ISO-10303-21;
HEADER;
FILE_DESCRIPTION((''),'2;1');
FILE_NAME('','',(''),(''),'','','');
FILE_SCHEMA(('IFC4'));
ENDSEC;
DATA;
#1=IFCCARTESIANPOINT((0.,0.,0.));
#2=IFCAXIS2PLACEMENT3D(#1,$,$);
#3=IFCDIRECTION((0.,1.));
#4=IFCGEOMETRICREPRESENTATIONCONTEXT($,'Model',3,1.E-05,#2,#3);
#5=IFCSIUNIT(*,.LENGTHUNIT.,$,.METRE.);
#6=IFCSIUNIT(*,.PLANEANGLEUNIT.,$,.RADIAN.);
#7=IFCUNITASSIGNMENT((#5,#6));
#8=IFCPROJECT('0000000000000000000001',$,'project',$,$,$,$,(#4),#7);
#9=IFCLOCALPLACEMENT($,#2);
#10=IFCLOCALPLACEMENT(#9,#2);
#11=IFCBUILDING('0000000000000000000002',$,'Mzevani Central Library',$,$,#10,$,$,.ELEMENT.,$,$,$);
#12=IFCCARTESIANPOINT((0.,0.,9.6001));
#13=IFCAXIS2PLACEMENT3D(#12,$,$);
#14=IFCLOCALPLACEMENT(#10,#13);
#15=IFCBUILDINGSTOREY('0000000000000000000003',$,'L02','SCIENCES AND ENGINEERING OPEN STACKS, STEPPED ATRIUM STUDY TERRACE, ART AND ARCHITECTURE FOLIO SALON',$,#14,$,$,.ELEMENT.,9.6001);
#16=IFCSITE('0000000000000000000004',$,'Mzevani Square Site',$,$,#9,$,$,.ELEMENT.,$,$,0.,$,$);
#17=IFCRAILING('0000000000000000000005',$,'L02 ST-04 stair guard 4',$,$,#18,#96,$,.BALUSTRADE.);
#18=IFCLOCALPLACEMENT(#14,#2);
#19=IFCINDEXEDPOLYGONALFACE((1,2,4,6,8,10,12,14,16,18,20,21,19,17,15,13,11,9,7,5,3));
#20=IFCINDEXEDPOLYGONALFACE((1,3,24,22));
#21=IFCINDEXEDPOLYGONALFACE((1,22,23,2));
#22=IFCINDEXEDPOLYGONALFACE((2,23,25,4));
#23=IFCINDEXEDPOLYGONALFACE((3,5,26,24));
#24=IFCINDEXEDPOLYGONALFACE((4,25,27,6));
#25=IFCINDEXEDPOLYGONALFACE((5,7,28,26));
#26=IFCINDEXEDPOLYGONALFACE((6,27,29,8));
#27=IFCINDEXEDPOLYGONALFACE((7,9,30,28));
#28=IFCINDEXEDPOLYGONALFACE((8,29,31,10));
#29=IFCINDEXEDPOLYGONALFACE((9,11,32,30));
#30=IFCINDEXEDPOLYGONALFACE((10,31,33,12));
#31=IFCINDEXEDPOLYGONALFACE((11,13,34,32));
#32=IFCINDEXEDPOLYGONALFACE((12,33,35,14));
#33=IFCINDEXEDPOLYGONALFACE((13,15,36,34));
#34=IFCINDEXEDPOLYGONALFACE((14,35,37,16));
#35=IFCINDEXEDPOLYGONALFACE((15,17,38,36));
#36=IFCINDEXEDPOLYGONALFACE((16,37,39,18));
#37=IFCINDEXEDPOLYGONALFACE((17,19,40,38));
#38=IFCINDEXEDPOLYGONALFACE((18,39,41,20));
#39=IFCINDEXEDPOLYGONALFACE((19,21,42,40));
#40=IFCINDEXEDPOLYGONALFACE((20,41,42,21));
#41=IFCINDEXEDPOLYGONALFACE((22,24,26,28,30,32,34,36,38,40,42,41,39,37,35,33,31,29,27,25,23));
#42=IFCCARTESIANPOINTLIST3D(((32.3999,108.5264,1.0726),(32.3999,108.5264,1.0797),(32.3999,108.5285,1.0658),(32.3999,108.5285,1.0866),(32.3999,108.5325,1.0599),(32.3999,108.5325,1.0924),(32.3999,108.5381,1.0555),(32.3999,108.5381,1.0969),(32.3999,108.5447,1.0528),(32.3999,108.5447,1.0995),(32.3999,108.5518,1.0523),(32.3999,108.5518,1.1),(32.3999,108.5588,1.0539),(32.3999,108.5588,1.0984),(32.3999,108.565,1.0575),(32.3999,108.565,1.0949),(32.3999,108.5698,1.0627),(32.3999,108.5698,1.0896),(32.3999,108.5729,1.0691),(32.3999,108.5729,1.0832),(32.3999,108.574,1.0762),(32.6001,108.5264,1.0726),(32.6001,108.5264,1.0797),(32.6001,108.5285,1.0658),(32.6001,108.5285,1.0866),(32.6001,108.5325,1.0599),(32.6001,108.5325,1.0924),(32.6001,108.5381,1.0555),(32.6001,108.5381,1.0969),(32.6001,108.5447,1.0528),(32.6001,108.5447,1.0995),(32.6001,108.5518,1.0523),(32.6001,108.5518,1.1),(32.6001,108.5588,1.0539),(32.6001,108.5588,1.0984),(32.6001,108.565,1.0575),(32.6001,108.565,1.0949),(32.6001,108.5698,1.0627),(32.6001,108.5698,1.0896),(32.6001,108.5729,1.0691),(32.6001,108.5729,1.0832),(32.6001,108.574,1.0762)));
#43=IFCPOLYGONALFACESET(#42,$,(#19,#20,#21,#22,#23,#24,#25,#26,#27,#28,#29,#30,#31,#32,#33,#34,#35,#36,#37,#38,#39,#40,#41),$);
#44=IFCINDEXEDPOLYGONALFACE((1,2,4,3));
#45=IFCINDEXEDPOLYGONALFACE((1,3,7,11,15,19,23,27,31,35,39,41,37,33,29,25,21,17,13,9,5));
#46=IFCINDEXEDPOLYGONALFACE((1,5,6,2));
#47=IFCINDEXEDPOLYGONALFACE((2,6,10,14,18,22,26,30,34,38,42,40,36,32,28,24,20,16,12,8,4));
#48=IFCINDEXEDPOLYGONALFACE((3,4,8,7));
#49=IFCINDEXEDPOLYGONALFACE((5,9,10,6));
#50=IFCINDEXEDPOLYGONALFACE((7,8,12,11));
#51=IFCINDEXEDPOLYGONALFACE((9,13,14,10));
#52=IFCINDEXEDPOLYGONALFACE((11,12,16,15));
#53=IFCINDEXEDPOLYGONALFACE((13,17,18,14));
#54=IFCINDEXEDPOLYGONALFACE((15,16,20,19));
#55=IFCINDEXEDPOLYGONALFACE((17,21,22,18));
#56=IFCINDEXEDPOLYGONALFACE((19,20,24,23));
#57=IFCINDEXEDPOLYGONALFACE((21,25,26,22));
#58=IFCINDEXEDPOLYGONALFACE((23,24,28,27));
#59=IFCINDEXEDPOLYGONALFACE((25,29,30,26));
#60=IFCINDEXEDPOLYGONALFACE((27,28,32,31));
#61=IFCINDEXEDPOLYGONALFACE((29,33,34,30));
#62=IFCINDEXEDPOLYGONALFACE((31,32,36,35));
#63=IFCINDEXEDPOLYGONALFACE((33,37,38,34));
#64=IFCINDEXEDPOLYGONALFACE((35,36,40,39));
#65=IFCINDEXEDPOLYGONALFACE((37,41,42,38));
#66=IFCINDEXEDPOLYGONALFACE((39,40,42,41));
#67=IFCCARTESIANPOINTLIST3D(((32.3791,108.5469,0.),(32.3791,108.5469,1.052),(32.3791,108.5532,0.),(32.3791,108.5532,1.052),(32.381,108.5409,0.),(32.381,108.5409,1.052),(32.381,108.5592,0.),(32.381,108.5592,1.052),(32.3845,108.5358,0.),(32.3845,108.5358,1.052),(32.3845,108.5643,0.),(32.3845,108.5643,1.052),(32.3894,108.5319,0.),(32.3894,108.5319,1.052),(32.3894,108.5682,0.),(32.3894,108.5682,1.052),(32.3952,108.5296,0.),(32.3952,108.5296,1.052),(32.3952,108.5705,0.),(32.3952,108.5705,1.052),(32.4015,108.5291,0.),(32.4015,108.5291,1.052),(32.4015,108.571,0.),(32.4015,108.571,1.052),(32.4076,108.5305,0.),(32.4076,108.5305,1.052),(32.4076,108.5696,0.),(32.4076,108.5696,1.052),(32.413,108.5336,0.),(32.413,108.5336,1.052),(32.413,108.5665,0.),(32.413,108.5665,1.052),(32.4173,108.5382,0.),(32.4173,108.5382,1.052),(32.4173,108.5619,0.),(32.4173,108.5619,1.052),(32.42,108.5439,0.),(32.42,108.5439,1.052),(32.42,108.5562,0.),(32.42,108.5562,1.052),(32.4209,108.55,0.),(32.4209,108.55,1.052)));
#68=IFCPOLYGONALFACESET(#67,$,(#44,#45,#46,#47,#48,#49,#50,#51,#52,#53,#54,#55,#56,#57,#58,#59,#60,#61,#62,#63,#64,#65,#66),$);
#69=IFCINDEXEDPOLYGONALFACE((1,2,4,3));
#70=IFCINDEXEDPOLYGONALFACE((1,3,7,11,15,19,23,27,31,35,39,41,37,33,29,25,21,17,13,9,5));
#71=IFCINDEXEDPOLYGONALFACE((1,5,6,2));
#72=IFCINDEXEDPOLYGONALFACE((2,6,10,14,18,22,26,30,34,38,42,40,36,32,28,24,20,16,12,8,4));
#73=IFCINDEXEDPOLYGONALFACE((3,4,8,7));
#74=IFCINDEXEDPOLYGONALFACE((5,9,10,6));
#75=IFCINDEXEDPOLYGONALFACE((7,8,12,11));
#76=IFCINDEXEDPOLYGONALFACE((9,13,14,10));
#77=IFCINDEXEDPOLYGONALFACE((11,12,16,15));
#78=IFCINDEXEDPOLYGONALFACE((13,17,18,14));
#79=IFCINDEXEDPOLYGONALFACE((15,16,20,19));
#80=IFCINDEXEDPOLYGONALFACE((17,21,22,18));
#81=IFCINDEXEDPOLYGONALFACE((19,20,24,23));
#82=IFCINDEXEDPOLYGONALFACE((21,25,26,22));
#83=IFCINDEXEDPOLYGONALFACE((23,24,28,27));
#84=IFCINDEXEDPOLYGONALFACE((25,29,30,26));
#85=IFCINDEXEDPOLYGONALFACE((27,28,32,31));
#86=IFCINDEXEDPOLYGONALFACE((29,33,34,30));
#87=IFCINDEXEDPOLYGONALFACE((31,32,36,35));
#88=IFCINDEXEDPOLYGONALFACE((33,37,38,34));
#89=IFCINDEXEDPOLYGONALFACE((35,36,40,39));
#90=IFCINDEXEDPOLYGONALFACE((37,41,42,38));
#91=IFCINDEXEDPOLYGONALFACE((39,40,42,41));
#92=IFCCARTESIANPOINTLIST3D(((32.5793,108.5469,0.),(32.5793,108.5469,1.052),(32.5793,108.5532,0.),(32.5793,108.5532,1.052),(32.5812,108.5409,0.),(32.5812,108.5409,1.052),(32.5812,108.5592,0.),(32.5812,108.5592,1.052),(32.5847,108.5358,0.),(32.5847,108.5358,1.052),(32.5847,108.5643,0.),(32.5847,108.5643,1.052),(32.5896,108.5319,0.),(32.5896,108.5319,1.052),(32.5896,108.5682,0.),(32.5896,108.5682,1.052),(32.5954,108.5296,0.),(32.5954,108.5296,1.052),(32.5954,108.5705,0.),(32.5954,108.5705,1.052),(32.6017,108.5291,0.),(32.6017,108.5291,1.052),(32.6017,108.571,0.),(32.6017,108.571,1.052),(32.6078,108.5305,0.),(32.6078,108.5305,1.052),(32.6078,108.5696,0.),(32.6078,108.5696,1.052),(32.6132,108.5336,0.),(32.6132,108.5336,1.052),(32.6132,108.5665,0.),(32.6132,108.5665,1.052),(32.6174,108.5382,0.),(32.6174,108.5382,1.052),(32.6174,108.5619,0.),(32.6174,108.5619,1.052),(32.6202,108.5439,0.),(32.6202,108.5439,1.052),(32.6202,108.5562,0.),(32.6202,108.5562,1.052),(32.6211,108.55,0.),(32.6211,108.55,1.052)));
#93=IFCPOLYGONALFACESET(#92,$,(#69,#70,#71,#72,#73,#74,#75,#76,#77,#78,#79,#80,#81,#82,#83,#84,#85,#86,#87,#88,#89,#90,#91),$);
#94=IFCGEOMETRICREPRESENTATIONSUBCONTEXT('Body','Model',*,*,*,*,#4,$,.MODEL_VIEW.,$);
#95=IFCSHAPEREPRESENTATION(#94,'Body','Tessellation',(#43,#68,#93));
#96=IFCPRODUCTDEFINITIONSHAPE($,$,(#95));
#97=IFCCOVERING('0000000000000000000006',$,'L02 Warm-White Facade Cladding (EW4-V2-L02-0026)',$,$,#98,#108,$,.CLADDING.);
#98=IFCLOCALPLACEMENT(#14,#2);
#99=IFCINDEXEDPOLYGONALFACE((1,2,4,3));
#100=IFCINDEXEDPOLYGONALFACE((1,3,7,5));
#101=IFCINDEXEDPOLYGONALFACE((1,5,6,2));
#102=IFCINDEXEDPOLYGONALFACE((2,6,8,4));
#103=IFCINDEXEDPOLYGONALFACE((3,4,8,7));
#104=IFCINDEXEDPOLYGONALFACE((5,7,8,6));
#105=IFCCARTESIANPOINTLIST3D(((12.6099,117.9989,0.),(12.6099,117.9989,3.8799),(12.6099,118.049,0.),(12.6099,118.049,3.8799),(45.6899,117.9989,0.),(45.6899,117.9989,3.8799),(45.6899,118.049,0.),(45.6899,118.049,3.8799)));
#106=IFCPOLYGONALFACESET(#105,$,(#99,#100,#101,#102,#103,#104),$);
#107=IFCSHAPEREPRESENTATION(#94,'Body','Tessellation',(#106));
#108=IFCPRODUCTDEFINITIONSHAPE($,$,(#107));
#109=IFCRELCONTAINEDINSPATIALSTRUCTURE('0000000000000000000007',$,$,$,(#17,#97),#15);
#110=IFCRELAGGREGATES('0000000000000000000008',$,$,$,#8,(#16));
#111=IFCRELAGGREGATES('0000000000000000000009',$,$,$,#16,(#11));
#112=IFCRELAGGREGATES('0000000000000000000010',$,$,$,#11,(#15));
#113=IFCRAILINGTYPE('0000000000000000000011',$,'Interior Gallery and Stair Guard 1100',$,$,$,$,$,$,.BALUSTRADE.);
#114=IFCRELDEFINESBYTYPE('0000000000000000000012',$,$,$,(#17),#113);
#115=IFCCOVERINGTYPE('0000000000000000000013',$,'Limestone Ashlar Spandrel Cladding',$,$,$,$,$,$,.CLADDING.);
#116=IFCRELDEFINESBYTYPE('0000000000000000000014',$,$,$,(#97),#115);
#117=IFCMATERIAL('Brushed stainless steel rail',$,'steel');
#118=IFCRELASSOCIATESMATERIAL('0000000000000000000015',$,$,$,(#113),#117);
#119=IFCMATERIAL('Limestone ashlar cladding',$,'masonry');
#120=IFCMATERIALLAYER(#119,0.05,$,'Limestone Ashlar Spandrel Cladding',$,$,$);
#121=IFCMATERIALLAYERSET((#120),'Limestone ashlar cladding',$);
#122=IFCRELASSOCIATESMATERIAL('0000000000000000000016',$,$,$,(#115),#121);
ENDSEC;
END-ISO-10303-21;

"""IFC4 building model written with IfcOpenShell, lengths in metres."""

from ifc_helpers import new_model, si_unit, direction, frame, origin, origin_2d, place, context, subcontext, project, spatial, rectangle, circle, extrude, material, layer, layer_set, type_object, element, save


model = new_model("IFC4")

# Units and contexts
model_context = context("Model", 3, precision=1e-05, world=origin(), true_north=direction((0.0, 1.0)))
body_context = subcontext(model_context, "Body", "Model", "MODEL_VIEW")
ifc_project = project(units=[si_unit("LENGTHUNIT", "METRE"), si_unit("PLANEANGLEUNIT", "RADIAN")], contexts=[model_context])

# Site, building, storey
site_placement = place(None, origin())
site = spatial("IfcSite", under=ifc_project, at=site_placement, Name="Mzevani Square Site", CompositionType="ELEMENT", RefElevation=0.0)
building_placement = place(site_placement, origin())
building = spatial("IfcBuilding", under=site, at=building_placement, Name="Mzevani Central Library", CompositionType="ELEMENT")
storey_placement = place(building_placement, frame((0.0, 0.0, 9.6001)))
storey = spatial("IfcBuildingStorey", under=building, at=storey_placement, Name="L02", Description="SCIENCES AND ENGINEERING OPEN STACKS, STEPPED ATRIUM STUDY TERRACE, ART AND ARCHITECTURE FOLIO SALON", CompositionType="ELEMENT", Elevation=9.6001)

# Railing
ifc_material_1 = material(Name="Brushed stainless steel rail", Category="steel")
railing_type_1 = type_object("IfcRailingType", Name="Interior Gallery and Stair Guard 1100", PredefinedType="BALUSTRADE", material=ifc_material_1)
railing_1_placement = place(storey_placement, frame((32.3999, 108.55, 0.0)))
element("IfcRailing", 1, at=railing_1_placement, inside=storey, type_object=railing_type_1, Name="L02 ST-04 stair guard 4", PredefinedType="BALUSTRADE", context=body_context, shape_type="SweptSolid", body=[
    extrude(circle(Radius=0.0239, at=origin_2d()), frame((0.0, 0.0, 1.0762), z_axis=(1.0, 0.0, 0.0), x_axis=(0.0, 1.0, 0.0)), (0.0, 0.0, 1.0), 0.2002),
    extrude(circle(Radius=0.021, at=origin_2d()), origin(), (0.0, 0.0, 1.0), 1.052),
    extrude(circle(Radius=0.021, at=origin_2d()), frame((0.2002, 0.0, 0.0)), (0.0, 0.0, 1.0), 1.052),
])

# Covering
ifc_material_2 = material(Name="Limestone ashlar cladding", Category="masonry")
ifc_layer_1 = layer(ifc_material_2, 0.05, Name="Limestone Ashlar Spandrel Cladding")
ifc_layer_set_1 = layer_set([ifc_layer_1], Name="Limestone ashlar cladding")
covering_type = type_object("IfcCoveringType", Name="Limestone Ashlar Spandrel Cladding", PredefinedType="CLADDING", material=ifc_layer_set_1)
covering_placement = place(storey_placement, frame((29.1499, 118.0239, 0.0), z_axis=(0.0, 0.0, 1.0), x_axis=(1.0, 0.0, 0.0)))
element("IfcCovering", 2, at=covering_placement, inside=storey, type_object=covering_type, Name="L02 Warm-White Facade Cladding (EW4-V2-L02-0026)", PredefinedType="CLADDING", context=body_context, shape_type="SweptSolid", body=[
    extrude(rectangle(XDim=33.0801, YDim=0.05, at=origin_2d()), origin(), (0.0, 0.0, 1.0), 3.8799),
])

save(model, "model.ifc")
